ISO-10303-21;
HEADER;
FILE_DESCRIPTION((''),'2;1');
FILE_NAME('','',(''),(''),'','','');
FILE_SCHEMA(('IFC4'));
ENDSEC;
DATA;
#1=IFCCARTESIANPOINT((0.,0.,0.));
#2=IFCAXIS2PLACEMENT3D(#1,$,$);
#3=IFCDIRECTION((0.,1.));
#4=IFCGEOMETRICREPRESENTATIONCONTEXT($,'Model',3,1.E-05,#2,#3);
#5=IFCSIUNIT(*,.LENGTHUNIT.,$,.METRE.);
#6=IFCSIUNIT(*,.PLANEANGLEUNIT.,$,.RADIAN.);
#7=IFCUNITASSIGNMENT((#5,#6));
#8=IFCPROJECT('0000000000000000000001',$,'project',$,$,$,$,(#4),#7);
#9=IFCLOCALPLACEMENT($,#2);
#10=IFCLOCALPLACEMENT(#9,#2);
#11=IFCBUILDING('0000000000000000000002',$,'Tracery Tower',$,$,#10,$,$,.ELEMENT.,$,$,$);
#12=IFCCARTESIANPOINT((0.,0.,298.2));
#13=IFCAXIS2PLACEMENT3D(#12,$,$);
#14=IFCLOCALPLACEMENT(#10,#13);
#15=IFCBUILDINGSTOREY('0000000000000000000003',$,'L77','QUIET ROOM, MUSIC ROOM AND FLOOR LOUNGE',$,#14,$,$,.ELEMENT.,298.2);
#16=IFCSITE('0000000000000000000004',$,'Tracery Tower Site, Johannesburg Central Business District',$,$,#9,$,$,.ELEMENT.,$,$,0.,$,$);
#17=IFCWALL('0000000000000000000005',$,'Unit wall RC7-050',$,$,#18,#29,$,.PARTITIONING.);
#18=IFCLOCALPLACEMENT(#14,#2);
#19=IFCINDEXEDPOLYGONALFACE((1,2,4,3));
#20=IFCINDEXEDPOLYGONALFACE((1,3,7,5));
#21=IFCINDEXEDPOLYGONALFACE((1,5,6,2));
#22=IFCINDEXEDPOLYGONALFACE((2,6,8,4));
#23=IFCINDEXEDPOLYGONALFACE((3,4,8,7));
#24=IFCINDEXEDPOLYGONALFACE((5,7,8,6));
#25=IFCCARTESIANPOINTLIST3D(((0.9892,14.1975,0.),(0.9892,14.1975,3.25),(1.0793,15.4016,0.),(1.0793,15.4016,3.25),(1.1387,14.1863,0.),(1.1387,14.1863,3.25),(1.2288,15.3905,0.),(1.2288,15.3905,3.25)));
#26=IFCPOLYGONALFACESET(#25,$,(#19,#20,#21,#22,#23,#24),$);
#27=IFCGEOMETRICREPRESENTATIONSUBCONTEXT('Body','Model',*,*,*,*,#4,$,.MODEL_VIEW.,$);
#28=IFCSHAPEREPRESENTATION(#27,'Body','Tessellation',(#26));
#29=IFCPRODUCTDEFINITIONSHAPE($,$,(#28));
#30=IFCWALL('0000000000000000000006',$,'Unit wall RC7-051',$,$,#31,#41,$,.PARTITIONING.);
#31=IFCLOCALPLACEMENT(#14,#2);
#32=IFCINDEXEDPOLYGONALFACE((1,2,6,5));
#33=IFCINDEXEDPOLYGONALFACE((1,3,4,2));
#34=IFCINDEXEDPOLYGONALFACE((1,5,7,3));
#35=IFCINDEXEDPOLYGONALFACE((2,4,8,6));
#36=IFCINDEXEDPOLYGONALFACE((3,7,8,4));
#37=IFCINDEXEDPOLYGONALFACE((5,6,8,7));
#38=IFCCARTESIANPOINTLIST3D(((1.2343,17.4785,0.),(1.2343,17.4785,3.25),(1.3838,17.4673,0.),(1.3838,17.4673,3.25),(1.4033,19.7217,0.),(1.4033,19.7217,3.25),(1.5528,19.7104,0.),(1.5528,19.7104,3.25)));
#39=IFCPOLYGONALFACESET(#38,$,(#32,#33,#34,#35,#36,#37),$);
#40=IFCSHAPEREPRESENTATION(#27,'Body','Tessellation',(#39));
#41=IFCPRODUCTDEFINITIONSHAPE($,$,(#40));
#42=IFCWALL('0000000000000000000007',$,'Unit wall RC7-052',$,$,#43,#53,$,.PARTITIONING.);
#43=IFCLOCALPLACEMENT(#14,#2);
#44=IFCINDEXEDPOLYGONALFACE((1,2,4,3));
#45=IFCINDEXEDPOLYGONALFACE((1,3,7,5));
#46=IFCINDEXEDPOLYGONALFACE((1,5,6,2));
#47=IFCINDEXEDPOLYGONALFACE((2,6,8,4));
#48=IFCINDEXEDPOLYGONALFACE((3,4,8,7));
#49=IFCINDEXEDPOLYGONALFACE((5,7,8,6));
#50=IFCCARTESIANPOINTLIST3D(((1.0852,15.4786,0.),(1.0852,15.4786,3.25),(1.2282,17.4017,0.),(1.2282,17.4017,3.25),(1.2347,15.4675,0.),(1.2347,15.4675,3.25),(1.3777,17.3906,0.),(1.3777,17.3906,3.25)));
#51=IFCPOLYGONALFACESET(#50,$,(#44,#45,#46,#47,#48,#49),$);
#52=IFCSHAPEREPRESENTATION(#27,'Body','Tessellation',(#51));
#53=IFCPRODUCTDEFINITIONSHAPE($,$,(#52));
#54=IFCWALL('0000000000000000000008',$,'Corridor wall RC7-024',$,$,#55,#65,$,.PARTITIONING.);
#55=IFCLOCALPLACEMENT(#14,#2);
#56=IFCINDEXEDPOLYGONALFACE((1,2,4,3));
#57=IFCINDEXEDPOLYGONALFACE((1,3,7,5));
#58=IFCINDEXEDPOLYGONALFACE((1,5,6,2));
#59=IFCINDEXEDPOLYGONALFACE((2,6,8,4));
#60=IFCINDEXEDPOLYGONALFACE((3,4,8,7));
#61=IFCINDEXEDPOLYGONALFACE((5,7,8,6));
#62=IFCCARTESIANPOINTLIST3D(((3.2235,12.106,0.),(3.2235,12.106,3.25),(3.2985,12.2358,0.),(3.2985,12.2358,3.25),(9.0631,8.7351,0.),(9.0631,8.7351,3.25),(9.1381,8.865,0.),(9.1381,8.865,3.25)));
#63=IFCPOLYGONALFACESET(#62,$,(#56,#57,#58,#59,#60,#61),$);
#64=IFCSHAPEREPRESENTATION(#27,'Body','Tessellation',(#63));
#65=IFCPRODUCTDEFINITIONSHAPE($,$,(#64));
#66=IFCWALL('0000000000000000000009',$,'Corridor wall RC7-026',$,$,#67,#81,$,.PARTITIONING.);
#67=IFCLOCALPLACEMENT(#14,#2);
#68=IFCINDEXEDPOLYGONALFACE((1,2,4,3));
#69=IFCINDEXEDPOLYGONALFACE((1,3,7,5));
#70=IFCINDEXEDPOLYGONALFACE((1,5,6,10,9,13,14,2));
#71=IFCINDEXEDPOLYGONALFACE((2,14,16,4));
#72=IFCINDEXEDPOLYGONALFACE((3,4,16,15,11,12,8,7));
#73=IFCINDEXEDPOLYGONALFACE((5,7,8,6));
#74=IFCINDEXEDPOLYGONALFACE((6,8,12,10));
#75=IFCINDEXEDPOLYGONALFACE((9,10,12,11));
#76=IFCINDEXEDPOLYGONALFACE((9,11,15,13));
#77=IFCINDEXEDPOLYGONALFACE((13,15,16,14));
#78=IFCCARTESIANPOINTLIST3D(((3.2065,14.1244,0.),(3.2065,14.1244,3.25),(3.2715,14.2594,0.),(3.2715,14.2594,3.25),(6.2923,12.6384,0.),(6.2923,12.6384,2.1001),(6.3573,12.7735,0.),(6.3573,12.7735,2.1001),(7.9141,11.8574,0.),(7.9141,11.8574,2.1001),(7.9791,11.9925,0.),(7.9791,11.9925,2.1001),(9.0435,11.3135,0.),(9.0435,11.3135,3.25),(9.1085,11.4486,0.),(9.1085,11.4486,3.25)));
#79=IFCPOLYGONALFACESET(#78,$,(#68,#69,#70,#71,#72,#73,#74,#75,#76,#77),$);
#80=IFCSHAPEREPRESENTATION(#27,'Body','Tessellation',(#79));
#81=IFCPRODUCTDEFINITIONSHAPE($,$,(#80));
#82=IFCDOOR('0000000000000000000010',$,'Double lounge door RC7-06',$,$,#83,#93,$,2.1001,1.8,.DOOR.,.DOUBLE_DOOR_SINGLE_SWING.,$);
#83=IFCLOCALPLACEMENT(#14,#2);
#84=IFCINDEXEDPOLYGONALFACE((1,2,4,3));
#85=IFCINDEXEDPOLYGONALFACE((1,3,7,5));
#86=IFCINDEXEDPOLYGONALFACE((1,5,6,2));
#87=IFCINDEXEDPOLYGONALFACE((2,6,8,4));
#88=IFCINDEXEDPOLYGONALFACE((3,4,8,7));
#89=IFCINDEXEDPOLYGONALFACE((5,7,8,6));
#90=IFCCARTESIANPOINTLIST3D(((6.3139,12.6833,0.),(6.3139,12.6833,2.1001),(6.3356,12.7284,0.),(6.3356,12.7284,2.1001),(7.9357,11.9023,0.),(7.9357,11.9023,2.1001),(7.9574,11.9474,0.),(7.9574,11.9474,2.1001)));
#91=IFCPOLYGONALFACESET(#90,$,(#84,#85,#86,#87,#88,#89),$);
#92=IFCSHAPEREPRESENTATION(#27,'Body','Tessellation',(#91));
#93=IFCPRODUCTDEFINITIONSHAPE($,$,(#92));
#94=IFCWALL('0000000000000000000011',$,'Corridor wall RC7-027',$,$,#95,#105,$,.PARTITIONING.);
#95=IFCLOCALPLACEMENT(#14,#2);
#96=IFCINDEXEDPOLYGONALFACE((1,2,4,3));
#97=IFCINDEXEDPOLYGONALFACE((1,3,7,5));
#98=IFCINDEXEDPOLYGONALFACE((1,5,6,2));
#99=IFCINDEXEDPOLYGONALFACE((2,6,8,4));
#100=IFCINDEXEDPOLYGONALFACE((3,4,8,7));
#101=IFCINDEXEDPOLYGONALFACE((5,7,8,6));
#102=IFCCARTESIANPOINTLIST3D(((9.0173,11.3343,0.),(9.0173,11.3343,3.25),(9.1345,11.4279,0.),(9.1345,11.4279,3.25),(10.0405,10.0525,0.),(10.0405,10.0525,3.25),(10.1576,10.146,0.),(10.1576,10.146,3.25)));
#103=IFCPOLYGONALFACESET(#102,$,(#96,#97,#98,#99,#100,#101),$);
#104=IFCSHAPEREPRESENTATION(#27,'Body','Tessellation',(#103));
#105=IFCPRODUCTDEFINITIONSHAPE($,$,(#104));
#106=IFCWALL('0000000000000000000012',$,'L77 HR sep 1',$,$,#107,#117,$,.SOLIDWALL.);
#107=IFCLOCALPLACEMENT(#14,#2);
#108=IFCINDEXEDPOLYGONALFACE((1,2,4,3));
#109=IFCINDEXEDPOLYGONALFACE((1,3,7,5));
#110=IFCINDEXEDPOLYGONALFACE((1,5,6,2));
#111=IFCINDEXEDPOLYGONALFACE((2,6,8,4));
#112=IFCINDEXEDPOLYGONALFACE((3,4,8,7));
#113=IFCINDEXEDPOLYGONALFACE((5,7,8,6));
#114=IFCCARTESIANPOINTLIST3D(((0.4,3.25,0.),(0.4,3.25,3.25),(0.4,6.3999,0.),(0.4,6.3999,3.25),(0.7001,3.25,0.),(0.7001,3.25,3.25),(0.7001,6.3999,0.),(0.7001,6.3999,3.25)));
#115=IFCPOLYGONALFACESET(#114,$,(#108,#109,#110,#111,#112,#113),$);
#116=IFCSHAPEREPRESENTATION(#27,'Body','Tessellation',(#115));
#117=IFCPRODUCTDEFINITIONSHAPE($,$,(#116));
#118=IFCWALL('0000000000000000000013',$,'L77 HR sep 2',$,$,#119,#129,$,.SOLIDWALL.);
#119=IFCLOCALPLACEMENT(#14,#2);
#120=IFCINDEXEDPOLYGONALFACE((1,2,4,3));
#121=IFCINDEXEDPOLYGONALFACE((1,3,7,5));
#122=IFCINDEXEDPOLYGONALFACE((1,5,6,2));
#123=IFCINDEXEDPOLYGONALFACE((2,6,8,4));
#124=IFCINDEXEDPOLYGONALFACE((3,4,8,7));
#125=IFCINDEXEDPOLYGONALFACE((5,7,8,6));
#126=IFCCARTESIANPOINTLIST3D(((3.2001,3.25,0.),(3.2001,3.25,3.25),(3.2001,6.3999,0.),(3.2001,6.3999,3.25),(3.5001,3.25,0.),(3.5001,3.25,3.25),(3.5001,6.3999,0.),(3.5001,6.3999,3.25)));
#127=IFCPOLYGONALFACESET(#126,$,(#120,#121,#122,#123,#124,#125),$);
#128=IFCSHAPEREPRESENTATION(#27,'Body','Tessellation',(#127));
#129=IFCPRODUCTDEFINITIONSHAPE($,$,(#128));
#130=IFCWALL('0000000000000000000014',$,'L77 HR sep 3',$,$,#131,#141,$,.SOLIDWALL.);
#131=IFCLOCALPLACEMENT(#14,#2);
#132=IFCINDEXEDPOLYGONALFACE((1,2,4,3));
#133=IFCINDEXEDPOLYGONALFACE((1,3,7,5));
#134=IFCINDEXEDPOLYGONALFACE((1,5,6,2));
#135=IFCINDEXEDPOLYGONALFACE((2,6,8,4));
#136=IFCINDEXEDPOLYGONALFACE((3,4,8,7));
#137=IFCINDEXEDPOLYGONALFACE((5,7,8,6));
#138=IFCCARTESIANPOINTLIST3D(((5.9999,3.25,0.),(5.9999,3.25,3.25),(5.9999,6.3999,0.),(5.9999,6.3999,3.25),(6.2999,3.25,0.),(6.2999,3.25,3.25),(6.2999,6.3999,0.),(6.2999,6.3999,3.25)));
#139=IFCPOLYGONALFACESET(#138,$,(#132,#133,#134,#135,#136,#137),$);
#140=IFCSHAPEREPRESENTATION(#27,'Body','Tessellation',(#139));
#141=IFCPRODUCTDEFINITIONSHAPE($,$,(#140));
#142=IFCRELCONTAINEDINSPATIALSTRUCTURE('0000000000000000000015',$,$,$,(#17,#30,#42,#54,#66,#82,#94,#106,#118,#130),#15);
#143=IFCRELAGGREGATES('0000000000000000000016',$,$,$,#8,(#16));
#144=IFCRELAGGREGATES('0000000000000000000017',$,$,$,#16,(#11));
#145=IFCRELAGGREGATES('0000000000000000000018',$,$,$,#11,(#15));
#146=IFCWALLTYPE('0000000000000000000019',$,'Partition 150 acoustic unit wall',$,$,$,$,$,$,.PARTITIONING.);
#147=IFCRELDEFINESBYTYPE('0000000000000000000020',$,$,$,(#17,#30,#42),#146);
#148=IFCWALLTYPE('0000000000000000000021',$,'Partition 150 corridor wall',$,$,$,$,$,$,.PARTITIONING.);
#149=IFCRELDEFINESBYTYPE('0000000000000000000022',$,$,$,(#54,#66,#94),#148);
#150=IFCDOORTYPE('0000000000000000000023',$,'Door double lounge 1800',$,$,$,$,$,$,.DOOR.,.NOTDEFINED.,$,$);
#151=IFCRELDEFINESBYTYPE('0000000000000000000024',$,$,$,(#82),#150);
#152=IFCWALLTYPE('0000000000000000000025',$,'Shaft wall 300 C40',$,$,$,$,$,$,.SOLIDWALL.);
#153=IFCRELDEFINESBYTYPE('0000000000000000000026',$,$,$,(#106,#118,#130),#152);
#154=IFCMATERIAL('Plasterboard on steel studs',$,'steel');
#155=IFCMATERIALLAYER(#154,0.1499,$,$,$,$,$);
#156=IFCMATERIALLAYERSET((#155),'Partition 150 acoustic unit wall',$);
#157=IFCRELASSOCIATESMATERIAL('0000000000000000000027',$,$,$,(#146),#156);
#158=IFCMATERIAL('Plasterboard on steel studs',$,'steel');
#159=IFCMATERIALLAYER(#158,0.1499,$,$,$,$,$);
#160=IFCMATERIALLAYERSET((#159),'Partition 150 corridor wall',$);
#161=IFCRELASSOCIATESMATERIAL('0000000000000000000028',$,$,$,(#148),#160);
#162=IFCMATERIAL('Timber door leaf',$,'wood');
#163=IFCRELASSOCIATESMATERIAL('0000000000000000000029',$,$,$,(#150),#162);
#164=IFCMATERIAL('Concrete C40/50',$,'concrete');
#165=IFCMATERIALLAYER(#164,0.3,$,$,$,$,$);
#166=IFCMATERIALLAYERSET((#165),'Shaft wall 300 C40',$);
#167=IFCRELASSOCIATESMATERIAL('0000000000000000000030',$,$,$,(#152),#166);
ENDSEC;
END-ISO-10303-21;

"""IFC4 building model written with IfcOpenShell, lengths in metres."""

from ifc_helpers import new_model, si_unit, direction, frame, frame_2d, origin, place, context, subcontext, project, spatial, rectangle, extrude, material, layer, layer_set, type_object, element, fill, save


model = new_model("IFC4")

# Units and contexts
model_context = context("Model", 3, precision=1e-05, world=origin(), true_north=direction((0.0, 1.0)))
body_context = subcontext(model_context, "Body", "Model", "MODEL_VIEW")
ifc_project = project(units=[si_unit("LENGTHUNIT", "METRE"), si_unit("PLANEANGLEUNIT", "RADIAN")], contexts=[model_context])

# Site, building, storey
site_placement = place(None, origin())
site = spatial("IfcSite", under=ifc_project, at=site_placement, Name="Tracery Tower Site, Johannesburg Central Business District", CompositionType="ELEMENT", RefElevation=0.0)
building_placement = place(site_placement, origin())
building = spatial("IfcBuilding", under=site, at=building_placement, Name="Tracery Tower", CompositionType="ELEMENT")
storey_placement = place(building_placement, frame((0.0, 0.0, 298.2)))
storey = spatial("IfcBuildingStorey", under=building, at=storey_placement, Name="L77", Description="QUIET ROOM, MUSIC ROOM AND FLOOR LOUNGE", CompositionType="ELEMENT", Elevation=298.2)

# Walls
ifc_material_1 = material(Name="Plasterboard on steel studs", Category="steel")
ifc_layer_1 = layer(ifc_material_1, 0.1499)
ifc_layer_set_1 = layer_set([ifc_layer_1], Name="Partition 150 acoustic unit wall")
wall_type_1 = type_object("IfcWallType", Name="Partition 150 acoustic unit wall", PredefinedType="PARTITIONING", material=ifc_layer_set_1)
wall_1_placement = place(storey_placement, frame((1.064, 14.1919, 0.0), z_axis=(0.0, 0.0, 1.0), x_axis=(0.074609, 0.997213, 0.0)))
element("IfcWall", 1, at=wall_1_placement, inside=storey, type_object=wall_type_1, Name="Unit wall RC7-050", PredefinedType="PARTITIONING", context=body_context, shape_type="SweptSolid", body=[
    extrude(rectangle(XDim=1.2075, YDim=0.1499, at=frame_2d((0.6038, 0.0))), origin(), (0.0, 0.0, 1.0), 3.25),
])
wall_2_placement = place(storey_placement, frame((1.3091, 17.4729, 0.0), z_axis=(0.0, 0.0, 1.0), x_axis=(0.075103, 0.997176, 0.0)))
element("IfcWall", 2, at=wall_2_placement, inside=storey, type_object=wall_type_1, Name="Unit wall RC7-051", PredefinedType="PARTITIONING", context=body_context, shape_type="SweptSolid", body=[
    extrude(rectangle(XDim=2.2495, YDim=0.1499, at=frame_2d((1.1248, 0.0))), origin(), (0.0, 0.0, 1.0), 3.25),
])
wall_3_placement = place(storey_placement, frame((1.1599, 15.4729, 0.0), z_axis=(0.0, 0.0, 1.0), x_axis=(0.074189, 0.997244, 0.0)))
element("IfcWall", 3, at=wall_3_placement, inside=storey, type_object=wall_type_1, Name="Unit wall RC7-052", PredefinedType="PARTITIONING", context=body_context, shape_type="SweptSolid", body=[
    extrude(rectangle(XDim=1.9285, YDim=0.1499, at=frame_2d((0.9644, 0.0))), origin(), (0.0, 0.0, 1.0), 3.25),
])
ifc_material_2 = material(Name="Plasterboard on steel studs", Category="steel")
ifc_layer_2 = layer(ifc_material_2, 0.1499)
ifc_layer_set_2 = layer_set([ifc_layer_2], Name="Partition 150 corridor wall")
wall_type_2 = type_object("IfcWallType", Name="Partition 150 corridor wall", PredefinedType="PARTITIONING", material=ifc_layer_set_2)
wall_4_placement = place(storey_placement, frame((3.261, 12.1709, 0.0), z_axis=(0.0, 0.0, 1.0), x_axis=(0.866067, -0.499928, 0.0)))
element("IfcWall", 4, at=wall_4_placement, inside=storey, type_object=wall_type_2, Name="Corridor wall RC7-024", PredefinedType="PARTITIONING", context=body_context, shape_type="SweptSolid", body=[
    extrude(rectangle(XDim=6.7427, YDim=0.1499, at=frame_2d((3.3713, 0.0))), origin(), (0.0, 0.0, 1.0), 3.25),
])

# Wall, opening, door
wall_5_placement = place(storey_placement, frame((3.239, 14.1919, 0.0), z_axis=(0.0, 0.0, 1.0), x_axis=(0.900976, -0.433869, 0.0)))
wall_5 = element("IfcWall", 5, at=wall_5_placement, inside=storey, type_object=wall_type_2, Name="Corridor wall RC7-026", PredefinedType="PARTITIONING", context=body_context, shape_type="SweptSolid", body=[
    extrude(rectangle(XDim=6.4785, YDim=0.1499, at=frame_2d((3.2393, 0.0))), origin(), (0.0, 0.0, 1.0), 3.25),
])
opening_1_placement = place(wall_5_placement, frame((3.425, 0.0, 0.0)))
opening_1 = element("IfcOpeningElement", 6, at=opening_1_placement, cuts=wall_5, PredefinedType="OPENING", context=body_context, shape_type="SweptSolid", body=[
    extrude(rectangle(XDim=1.8, YDim=2.1001, at=frame_2d((0.8999, 1.05))), frame((0.0, 0.075, 0.0), z_axis=(0.0, -1.0, 0.0), x_axis=(1.0, 0.0, 0.0)), (0.0, 0.0, 1.0), 0.1499),
])
ifc_material_3 = material(Name="Timber door leaf", Category="wood")
door_type_1 = type_object("IfcDoorType", Name="Door double lounge 1800", OperationType="NOTDEFINED", PredefinedType="DOOR", material=ifc_material_3)
door_1_placement = place(opening_1_placement, origin())
door_1 = element("IfcDoor", 7, at=door_1_placement, inside=storey, type_object=door_type_1, Name="Double lounge door RC7-06", OperationType="DOUBLE_DOOR_SINGLE_SWING", OverallHeight=2.1001, OverallWidth=1.8, PredefinedType="DOOR", context=body_context, shape_type="SweptSolid", body=[
    extrude(rectangle(XDim=1.8, YDim=2.1001, at=frame_2d((0.8999, 1.05))), frame((0.0, 0.0249, 0.0), z_axis=(0.0, -1.0, 0.0), x_axis=(1.0, 0.0, 0.0)), (0.0, 0.0, 1.0), 0.05),
])
fill(opening_1, door_1)

# Walls
wall_6_placement = place(storey_placement, frame((9.0759, 11.3811, 0.0), z_axis=(0.0, 0.0, 1.0), x_axis=(0.623805, -0.78158, 0.0)))
element("IfcWall", 8, at=wall_6_placement, inside=storey, type_object=wall_type_2, Name="Corridor wall RC7-027", PredefinedType="PARTITIONING", context=body_context, shape_type="SweptSolid", body=[
    extrude(rectangle(XDim=1.6401, YDim=0.1499, at=frame_2d((0.8201, 0.0))), origin(), (0.0, 0.0, 1.0), 3.25),
])
ifc_material_4 = material(Name="Concrete C40/50", Category="concrete")
ifc_layer_3 = layer(ifc_material_4, 0.3)
ifc_layer_set_3 = layer_set([ifc_layer_3], Name="Shaft wall 300 C40")
wall_type_3 = type_object("IfcWallType", Name="Shaft wall 300 C40", PredefinedType="SOLIDWALL", material=ifc_layer_set_3)
for number, where, z_axis, x_axis, name in (
    (9, (0.55, 3.25, 0.0), (0.0, 0.0, 1.0), (0.0, 1.0, 0.0), "L77 HR sep 1"),
    (10, (3.3501, 3.25, 0.0), (0.0, 0.0, 1.0), (0.0, 1.0, 0.0), "L77 HR sep 2"),
    (11, (6.1499, 3.25, 0.0), (0.0, 0.0, 1.0), (0.0, 1.0, 0.0), "L77 HR sep 3"),
):
    element("IfcWall", number, at=place(storey_placement, frame(where, z_axis=z_axis, x_axis=x_axis)), inside=storey, type_object=wall_type_3, Name=name, PredefinedType="SOLIDWALL", context=body_context, shape_type="SweptSolid", body=[
        extrude(rectangle(XDim=3.1499, YDim=0.3, at=frame_2d((1.575, 0.0))), origin(), (0.0, 0.0, 1.0), 3.25),
    ])

save(model, "model.ifc")
